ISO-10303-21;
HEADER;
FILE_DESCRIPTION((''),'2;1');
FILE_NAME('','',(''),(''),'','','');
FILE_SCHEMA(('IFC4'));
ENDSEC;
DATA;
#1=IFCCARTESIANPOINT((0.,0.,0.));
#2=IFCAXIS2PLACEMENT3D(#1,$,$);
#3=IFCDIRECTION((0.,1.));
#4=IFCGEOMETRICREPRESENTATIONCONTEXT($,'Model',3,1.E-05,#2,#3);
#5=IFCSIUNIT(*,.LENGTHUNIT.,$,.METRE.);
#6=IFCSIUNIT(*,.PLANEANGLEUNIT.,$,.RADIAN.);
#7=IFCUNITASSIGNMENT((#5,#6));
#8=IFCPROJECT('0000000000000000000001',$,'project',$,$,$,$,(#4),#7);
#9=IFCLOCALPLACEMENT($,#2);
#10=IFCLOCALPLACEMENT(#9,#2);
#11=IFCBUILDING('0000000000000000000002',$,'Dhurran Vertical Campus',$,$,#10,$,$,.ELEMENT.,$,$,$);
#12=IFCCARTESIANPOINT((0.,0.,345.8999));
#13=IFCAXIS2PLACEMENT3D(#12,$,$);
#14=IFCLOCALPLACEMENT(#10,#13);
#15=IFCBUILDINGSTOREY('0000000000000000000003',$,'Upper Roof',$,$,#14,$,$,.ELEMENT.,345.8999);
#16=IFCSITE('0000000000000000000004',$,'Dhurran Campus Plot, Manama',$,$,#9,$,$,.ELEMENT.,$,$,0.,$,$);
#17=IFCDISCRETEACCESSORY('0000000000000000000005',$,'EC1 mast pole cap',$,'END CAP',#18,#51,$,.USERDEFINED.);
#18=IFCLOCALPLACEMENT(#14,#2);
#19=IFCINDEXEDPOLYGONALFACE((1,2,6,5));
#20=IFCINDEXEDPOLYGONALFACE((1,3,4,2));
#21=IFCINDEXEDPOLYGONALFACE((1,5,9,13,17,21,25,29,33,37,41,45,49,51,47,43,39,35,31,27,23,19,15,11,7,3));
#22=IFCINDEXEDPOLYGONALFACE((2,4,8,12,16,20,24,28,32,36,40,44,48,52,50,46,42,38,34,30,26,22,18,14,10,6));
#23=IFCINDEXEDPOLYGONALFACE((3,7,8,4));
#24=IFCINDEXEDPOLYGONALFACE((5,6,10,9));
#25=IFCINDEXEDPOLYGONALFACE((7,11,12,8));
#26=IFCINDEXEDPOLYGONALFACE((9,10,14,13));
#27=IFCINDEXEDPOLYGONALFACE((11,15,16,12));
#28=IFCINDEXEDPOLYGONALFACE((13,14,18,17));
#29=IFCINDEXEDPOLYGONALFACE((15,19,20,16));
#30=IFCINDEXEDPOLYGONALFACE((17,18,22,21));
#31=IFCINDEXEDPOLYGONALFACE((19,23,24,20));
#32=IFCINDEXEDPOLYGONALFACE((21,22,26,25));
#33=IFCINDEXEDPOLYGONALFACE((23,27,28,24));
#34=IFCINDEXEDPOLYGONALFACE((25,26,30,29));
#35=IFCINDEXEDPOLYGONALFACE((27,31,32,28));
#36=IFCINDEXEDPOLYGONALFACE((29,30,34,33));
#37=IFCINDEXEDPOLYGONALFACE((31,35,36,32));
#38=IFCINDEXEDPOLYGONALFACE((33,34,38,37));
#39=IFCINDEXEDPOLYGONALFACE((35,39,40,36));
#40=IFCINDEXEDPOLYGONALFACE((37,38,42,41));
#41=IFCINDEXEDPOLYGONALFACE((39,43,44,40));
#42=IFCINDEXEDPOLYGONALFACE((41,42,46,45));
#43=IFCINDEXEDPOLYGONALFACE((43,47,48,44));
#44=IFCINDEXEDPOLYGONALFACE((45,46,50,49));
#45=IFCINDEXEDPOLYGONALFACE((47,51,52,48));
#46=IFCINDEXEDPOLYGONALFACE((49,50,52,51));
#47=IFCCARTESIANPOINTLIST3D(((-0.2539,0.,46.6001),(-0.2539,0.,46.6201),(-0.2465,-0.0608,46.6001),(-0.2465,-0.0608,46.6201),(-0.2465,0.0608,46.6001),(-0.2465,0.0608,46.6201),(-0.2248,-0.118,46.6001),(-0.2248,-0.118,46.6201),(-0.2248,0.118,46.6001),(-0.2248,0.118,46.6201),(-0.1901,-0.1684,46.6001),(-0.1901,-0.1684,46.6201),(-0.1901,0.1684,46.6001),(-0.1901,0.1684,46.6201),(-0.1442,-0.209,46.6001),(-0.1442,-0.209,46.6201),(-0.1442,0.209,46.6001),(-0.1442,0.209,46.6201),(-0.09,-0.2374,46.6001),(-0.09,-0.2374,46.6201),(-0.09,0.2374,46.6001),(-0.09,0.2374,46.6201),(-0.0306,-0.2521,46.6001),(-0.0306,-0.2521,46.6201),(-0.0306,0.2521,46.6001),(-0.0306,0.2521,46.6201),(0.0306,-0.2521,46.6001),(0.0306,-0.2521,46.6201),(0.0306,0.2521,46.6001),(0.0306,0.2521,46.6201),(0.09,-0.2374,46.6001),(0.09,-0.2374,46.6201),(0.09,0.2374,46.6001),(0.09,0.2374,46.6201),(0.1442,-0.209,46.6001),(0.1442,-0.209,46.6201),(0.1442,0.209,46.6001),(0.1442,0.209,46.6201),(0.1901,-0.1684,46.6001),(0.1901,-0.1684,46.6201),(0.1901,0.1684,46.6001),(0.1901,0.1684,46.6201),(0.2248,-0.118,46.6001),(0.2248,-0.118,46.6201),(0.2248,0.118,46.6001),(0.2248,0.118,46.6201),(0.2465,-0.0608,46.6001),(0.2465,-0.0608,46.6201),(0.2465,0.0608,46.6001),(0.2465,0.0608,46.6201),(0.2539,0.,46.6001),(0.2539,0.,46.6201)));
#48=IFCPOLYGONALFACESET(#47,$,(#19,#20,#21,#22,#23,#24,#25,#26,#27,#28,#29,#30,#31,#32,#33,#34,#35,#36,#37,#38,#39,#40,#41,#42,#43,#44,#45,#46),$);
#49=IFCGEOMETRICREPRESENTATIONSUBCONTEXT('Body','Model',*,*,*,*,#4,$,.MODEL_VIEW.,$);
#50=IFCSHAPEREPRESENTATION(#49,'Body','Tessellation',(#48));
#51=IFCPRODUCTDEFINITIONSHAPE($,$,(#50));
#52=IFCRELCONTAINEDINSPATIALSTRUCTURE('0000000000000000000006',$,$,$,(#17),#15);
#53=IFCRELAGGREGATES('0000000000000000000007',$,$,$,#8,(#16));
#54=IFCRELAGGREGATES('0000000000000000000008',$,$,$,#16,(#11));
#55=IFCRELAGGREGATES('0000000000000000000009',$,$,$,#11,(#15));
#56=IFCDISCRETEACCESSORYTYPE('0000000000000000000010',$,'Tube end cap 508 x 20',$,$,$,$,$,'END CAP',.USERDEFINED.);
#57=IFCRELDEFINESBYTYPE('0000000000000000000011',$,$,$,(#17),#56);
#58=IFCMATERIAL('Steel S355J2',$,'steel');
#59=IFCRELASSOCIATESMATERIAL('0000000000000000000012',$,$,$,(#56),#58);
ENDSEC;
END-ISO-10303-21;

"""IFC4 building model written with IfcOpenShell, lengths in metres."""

from ifc_helpers import new_model, si_unit, direction, frame, origin, origin_2d, place, context, subcontext, project, spatial, circle, extrude, material, material_profile, profile_set, type_object, element, save


model = new_model("IFC4")

# Units and contexts
model_context = context("Model", 3, precision=1e-05, world=origin(), true_north=direction((0.0, 1.0)))
body_context = subcontext(model_context, "Body", "Model", "MODEL_VIEW")
ifc_project = project(units=[si_unit("LENGTHUNIT", "METRE"), si_unit("PLANEANGLEUNIT", "RADIAN")], contexts=[model_context])

# Site, building, storey
site_placement = place(None, origin())
site = spatial("IfcSite", under=ifc_project, at=site_placement, Name="Dhurran Campus Plot, Manama", CompositionType="ELEMENT", RefElevation=0.0)
building_placement = place(site_placement, origin())
building = spatial("IfcBuilding", under=site, at=building_placement, Name="Dhurran Vertical Campus", CompositionType="ELEMENT")
storey_placement = place(building_placement, frame((0.0, 0.0, 345.8999)))
storey = spatial("IfcBuildingStorey", under=building, at=storey_placement, Name="Upper Roof", CompositionType="ELEMENT", Elevation=345.8999)

# Discrete accessory
ifc_material_1 = material(Name="Steel S355J2", Category="steel")
ifc_material_profile_1 = material_profile(ifc_material_1, circle(Radius=0.2539, at=origin_2d()), Name="Tube end cap 508 x 20")
ifc_profile_set_1 = profile_set([ifc_material_profile_1], Name="Steel S355J2")
discrete_accessory_type_1 = type_object("IfcDiscreteAccessoryType", Name="Tube end cap 508 x 20", ElementType="END CAP", PredefinedType="USERDEFINED", material=ifc_profile_set_1)
discrete_accessory_placement = place(storey_placement, frame((0.0, 0.0, 46.6001), z_axis=(0.0, 0.0, 1.0), x_axis=(1.0, 0.0, 0.0)))
element("IfcDiscreteAccessory", 1, at=discrete_accessory_placement, inside=storey, type_object=discrete_accessory_type_1, Name="EC1 mast pole cap", ObjectType="END CAP", PredefinedType="USERDEFINED", context=body_context, shape_type="SweptSolid", body=[
    extrude(circle(Radius=0.2539, at=origin_2d()), origin(), (0.0, 0.0, 1.0), 0.02),
])

save(model, "model.ifc")
